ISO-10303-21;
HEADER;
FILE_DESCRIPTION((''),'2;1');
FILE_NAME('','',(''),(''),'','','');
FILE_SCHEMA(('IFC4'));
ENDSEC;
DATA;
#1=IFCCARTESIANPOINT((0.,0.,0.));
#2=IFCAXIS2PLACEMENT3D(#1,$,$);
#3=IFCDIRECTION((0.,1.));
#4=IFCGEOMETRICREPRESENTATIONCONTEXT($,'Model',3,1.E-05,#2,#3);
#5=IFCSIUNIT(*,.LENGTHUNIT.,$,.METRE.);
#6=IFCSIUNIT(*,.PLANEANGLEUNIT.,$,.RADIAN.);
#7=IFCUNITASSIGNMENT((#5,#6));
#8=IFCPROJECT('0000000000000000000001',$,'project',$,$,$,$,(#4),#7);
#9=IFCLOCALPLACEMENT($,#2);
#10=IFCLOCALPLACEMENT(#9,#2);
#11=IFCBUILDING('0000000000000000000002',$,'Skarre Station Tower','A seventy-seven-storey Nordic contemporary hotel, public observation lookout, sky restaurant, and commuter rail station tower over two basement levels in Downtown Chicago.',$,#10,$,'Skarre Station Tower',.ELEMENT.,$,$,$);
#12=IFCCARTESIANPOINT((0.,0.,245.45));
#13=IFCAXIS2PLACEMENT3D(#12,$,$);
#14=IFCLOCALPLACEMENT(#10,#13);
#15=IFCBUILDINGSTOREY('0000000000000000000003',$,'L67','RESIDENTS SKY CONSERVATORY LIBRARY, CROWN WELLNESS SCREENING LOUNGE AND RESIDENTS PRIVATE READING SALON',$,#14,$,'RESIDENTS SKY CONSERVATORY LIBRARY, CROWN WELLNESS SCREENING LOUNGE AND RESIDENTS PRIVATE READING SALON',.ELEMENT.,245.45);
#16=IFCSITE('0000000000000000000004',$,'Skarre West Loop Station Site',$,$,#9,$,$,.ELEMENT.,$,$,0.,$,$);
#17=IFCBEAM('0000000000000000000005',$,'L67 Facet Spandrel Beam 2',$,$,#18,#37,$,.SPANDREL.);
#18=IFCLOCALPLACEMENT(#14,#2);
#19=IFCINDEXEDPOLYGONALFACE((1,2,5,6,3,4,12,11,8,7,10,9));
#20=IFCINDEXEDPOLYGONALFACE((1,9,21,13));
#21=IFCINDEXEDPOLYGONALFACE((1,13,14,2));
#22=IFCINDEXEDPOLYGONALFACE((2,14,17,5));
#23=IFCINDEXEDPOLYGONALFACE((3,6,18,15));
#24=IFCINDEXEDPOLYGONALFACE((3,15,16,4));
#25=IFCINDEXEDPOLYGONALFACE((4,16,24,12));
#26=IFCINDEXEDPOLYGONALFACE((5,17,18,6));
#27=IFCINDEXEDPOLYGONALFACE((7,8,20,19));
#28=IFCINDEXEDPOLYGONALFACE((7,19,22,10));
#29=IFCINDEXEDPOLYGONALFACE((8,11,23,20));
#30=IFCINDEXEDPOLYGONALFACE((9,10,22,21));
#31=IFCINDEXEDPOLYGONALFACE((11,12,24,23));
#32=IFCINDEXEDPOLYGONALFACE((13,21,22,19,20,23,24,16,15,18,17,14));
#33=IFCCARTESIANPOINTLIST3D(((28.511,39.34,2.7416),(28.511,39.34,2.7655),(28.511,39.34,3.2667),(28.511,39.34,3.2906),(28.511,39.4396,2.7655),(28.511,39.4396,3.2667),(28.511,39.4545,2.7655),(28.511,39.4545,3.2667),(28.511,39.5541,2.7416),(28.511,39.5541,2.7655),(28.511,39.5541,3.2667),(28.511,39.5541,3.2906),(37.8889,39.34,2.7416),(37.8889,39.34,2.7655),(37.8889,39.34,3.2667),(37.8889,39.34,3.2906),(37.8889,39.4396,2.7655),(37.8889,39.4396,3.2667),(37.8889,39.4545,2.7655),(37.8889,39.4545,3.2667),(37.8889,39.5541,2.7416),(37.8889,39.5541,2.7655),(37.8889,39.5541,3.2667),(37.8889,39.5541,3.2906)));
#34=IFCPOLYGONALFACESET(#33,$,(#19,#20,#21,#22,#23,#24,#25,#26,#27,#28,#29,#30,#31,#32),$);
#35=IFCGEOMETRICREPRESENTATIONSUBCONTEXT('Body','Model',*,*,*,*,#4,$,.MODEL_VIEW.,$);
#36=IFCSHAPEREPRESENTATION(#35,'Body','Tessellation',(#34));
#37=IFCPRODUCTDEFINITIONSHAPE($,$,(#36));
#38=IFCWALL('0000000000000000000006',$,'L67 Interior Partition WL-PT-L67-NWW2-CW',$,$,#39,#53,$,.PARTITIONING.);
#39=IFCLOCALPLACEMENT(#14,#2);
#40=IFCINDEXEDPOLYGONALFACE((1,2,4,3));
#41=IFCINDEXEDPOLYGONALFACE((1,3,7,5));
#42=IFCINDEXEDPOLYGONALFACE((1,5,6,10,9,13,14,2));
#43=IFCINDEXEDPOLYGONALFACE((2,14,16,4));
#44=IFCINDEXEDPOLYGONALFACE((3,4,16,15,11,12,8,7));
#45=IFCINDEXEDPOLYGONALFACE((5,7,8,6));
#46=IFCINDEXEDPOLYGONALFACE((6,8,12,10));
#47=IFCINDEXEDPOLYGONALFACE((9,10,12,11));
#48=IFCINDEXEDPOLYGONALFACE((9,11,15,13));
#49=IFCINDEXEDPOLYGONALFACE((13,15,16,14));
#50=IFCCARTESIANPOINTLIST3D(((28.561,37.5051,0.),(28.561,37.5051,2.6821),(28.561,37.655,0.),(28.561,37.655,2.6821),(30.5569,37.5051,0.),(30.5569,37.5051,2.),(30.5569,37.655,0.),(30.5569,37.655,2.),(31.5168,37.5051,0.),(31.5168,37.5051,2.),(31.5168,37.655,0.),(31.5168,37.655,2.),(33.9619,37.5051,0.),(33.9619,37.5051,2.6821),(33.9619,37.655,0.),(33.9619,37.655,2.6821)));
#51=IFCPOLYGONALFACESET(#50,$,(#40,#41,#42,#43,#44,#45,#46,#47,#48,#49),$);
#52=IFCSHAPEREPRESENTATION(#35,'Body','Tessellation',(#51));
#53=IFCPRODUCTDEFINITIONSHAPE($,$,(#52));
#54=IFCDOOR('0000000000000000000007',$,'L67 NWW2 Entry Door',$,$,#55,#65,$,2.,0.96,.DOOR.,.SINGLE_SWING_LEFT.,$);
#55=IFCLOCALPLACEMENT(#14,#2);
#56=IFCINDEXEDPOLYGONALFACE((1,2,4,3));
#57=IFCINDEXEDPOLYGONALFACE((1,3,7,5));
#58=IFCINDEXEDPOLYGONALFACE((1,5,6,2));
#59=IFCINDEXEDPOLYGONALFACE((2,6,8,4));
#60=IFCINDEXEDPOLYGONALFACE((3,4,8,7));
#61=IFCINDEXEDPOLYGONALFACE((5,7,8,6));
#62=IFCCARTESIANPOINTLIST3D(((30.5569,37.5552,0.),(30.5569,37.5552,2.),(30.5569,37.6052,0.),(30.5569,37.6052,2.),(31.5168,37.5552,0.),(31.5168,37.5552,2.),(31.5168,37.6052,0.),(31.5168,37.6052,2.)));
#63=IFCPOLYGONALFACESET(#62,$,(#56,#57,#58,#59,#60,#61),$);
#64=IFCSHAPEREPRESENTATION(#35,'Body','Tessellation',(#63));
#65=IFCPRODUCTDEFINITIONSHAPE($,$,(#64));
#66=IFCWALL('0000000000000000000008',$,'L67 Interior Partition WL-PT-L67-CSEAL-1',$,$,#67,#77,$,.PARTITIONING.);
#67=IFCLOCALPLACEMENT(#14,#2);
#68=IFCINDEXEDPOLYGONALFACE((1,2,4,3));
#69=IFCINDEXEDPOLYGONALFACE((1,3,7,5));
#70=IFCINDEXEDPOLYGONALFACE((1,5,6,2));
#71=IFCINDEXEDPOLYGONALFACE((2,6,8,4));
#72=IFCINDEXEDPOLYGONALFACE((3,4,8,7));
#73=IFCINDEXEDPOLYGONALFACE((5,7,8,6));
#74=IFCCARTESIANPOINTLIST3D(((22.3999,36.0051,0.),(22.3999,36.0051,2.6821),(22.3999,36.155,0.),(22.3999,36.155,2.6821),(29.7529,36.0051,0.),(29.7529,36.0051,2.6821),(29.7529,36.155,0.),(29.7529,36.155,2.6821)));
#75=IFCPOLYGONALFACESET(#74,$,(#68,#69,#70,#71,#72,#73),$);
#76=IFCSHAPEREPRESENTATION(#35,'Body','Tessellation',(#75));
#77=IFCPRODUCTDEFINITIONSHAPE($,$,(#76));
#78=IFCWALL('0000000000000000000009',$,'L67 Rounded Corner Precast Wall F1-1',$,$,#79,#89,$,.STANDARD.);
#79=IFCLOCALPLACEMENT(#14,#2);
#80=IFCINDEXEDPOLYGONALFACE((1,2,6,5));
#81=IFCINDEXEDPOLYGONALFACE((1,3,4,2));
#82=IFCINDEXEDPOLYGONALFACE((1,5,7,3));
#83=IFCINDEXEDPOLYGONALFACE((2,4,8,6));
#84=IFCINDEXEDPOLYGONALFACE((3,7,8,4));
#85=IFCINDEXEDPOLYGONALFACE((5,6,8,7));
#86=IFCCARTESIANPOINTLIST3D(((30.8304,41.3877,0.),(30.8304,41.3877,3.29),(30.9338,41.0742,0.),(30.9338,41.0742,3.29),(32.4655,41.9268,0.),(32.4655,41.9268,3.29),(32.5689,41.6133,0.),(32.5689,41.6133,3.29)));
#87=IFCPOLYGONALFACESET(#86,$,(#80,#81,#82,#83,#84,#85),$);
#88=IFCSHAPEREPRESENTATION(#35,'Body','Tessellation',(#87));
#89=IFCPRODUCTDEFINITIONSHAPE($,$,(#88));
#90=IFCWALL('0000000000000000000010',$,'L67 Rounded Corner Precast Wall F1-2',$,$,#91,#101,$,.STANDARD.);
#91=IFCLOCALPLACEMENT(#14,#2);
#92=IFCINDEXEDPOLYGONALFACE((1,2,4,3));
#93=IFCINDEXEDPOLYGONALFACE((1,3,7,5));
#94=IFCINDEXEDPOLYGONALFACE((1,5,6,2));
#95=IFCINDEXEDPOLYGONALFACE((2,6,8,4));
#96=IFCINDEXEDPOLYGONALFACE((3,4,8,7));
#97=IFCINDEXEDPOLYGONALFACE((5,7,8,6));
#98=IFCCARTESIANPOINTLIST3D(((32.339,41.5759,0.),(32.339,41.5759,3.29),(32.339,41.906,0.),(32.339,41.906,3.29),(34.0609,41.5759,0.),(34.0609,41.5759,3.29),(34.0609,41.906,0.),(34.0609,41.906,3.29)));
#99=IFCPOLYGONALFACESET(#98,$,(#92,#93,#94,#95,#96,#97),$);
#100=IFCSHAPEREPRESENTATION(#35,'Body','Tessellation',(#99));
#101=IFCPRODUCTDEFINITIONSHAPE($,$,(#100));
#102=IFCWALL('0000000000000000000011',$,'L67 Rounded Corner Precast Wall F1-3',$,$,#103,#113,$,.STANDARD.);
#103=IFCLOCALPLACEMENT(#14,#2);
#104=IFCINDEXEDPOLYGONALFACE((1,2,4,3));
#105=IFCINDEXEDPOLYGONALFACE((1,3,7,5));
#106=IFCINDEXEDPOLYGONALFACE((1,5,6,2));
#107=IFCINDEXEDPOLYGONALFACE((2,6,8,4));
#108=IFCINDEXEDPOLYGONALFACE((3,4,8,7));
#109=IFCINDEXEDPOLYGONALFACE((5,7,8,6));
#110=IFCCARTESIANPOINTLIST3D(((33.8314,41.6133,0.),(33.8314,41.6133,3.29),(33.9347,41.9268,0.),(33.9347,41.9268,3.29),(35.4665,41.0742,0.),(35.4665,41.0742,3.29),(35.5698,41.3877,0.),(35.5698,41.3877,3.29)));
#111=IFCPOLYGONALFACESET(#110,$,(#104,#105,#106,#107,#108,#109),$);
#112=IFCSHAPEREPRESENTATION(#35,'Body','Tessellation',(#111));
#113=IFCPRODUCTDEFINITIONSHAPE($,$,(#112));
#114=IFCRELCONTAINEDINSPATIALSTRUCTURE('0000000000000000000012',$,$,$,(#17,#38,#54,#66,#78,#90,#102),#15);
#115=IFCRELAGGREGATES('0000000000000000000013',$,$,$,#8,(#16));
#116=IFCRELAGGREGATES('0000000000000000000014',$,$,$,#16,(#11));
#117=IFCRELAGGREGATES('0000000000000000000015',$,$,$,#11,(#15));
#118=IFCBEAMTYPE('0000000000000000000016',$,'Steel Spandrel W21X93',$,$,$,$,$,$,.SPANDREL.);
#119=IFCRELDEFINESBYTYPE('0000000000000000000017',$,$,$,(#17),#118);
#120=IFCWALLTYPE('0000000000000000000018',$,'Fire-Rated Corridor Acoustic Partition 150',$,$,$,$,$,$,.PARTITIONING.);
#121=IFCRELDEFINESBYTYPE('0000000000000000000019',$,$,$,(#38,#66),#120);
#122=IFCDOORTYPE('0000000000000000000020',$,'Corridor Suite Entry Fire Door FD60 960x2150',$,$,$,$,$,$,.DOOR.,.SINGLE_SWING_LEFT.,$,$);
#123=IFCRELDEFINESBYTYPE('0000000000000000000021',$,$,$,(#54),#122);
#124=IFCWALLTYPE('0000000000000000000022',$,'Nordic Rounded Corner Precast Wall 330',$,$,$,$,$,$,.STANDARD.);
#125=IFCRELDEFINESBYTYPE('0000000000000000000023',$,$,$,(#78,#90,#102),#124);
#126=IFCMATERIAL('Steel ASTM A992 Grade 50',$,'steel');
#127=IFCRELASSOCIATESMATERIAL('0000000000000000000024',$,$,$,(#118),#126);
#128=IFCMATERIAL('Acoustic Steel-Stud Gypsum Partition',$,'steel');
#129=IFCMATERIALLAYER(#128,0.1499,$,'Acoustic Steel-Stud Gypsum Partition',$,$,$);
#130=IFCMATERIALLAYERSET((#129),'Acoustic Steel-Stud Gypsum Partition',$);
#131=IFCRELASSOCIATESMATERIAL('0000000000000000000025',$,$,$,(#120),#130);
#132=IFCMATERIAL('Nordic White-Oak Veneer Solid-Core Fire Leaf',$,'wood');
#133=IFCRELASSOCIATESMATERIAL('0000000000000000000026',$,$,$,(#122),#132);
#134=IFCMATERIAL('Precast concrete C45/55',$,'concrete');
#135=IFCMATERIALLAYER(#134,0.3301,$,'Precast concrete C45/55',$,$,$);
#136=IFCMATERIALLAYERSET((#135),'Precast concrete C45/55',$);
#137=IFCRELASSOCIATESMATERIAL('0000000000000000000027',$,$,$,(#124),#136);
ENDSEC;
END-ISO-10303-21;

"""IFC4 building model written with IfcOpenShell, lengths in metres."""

from ifc_helpers import new_model, si_unit, direction, frame, frame_2d, origin, origin_2d, place, context, subcontext, project, spatial, rectangle, i_section, extrude, material, layer, layer_set, material_profile, profile_set, type_object, element, fill, save


model = new_model("IFC4")

# Units and contexts
model_context = context("Model", 3, precision=1e-05, world=origin(), true_north=direction((0.0, 1.0)))
body_context = subcontext(model_context, "Body", "Model", "MODEL_VIEW")
ifc_project = project(units=[si_unit("LENGTHUNIT", "METRE"), si_unit("PLANEANGLEUNIT", "RADIAN")], contexts=[model_context])

# Site, building, storey
site_placement = place(None, origin())
site = spatial("IfcSite", under=ifc_project, at=site_placement, Name="Skarre West Loop Station Site", CompositionType="ELEMENT", RefElevation=0.0)
building_placement = place(site_placement, origin())
building = spatial("IfcBuilding", under=site, at=building_placement, Name="Skarre Station Tower", Description="A seventy-seven-storey Nordic contemporary hotel, public observation lookout, sky restaurant, and commuter rail station tower over two basement levels in Downtown Chicago.", LongName="Skarre Station Tower", CompositionType="ELEMENT")
storey_placement = place(building_placement, frame((0.0, 0.0, 245.45)))
storey = spatial("IfcBuildingStorey", under=building, at=storey_placement, Name="L67", Description="RESIDENTS SKY CONSERVATORY LIBRARY, CROWN WELLNESS SCREENING LOUNGE AND RESIDENTS PRIVATE READING SALON", LongName="RESIDENTS SKY CONSERVATORY LIBRARY, CROWN WELLNESS SCREENING LOUNGE AND RESIDENTS PRIVATE READING SALON", CompositionType="ELEMENT", Elevation=245.45)

# Beam
ifc_material_1 = material(Name="Steel ASTM A992 Grade 50", Category="steel")
ifc_material_profile_1 = material_profile(ifc_material_1, i_section(OverallWidth=0.2141, OverallDepth=0.5491, WebThickness=0.0149, FlangeThickness=0.0239, at=origin_2d()), Name="Steel ASTM A992 Grade 50")
ifc_profile_set_1 = profile_set([ifc_material_profile_1], Name="Steel ASTM A992 Grade 50")
beam_type_1 = type_object("IfcBeamType", Name="Steel Spandrel W21X93", PredefinedType="SPANDREL", material=ifc_profile_set_1)
beam_1_placement = place(storey_placement, frame((37.8889, 39.447, 3.0161), z_axis=(-1.0, 0.0, 0.0), x_axis=(0.0, -1.0, 0.0)))
element("IfcBeam", 1, at=beam_1_placement, inside=storey, type_object=beam_type_1, Name="L67 Facet Spandrel Beam 2", PredefinedType="SPANDREL", context=body_context, shape_type="SweptSolid", body=[
    extrude(i_section(OverallWidth=0.2141, OverallDepth=0.5491, WebThickness=0.0149, FlangeThickness=0.0239, at=origin_2d()), origin(), (0.0, 0.0, 1.0), 9.3779),
])

# Wall, opening, door
ifc_material_2 = material(Name="Acoustic Steel-Stud Gypsum Partition", Category="steel")
ifc_layer_1 = layer(ifc_material_2, 0.1499, Name="Acoustic Steel-Stud Gypsum Partition")
ifc_layer_set_1 = layer_set([ifc_layer_1], Name="Acoustic Steel-Stud Gypsum Partition")
wall_type_1 = type_object("IfcWallType", Name="Fire-Rated Corridor Acoustic Partition 150", PredefinedType="PARTITIONING", material=ifc_layer_set_1)
wall_1_placement = place(storey_placement, frame((33.9619, 37.5801, 0.0), z_axis=(0.0, 0.0, 1.0), x_axis=(-1.0, 0.0, 0.0)))
wall_1 = element("IfcWall", 2, at=wall_1_placement, inside=storey, type_object=wall_type_1, Name="L67 Interior Partition WL-PT-L67-NWW2-CW", PredefinedType="PARTITIONING", context=body_context, shape_type="SweptSolid", body=[
    extrude(rectangle(XDim=5.4009, YDim=0.1499, at=frame_2d((2.7004, 0.0))), origin(), (0.0, 0.0, 1.0), 2.6821),
])
opening_1_placement = place(wall_1_placement, frame((2.4451, 0.0, 0.0)))
opening_1 = element("IfcOpeningElement", 3, at=opening_1_placement, cuts=wall_1, PredefinedType="OPENING", context=body_context, shape_type="SweptSolid", body=[
    extrude(rectangle(XDim=0.96, YDim=2.0, at=frame_2d((0.48, 1.0))), frame((0.0, 0.085, 0.0), z_axis=(0.0, -1.0, 0.0), x_axis=(1.0, 0.0, 0.0)), (0.0, 0.0, 1.0), 0.1699),
])
ifc_material_3 = material(Name="Nordic White-Oak Veneer Solid-Core Fire Leaf", Category="wood")
door_type = type_object("IfcDoorType", Name="Corridor Suite Entry Fire Door FD60 960x2150", OperationType="SINGLE_SWING_LEFT", PredefinedType="DOOR", material=ifc_material_3)
door_placement = place(opening_1_placement, origin())
door = element("IfcDoor", 4, at=door_placement, inside=storey, type_object=door_type, Name="L67 NWW2 Entry Door", OperationType="SINGLE_SWING_LEFT", OverallHeight=2.0, OverallWidth=0.96, PredefinedType="DOOR", context=body_context, shape_type="SweptSolid", body=[
    extrude(rectangle(XDim=0.96, YDim=2.0, at=frame_2d((0.48, 1.0))), frame((0.0, 0.0249, 0.0), z_axis=(0.0, -1.0, 0.0), x_axis=(1.0, 0.0, 0.0)), (0.0, 0.0, 1.0), 0.05),
])
fill(opening_1, door)

# Walls
wall_2_placement = place(storey_placement, frame((29.7529, 36.0801, 0.0), z_axis=(0.0, 0.0, 1.0), x_axis=(-1.0, 0.0, 0.0)))
element("IfcWall", 5, at=wall_2_placement, inside=storey, type_object=wall_type_1, Name="L67 Interior Partition WL-PT-L67-CSEAL-1", PredefinedType="PARTITIONING", context=body_context, shape_type="SweptSolid", body=[
    extrude(rectangle(XDim=7.353, YDim=0.1499, at=frame_2d((3.6765, 0.0))), origin(), (0.0, 0.0, 1.0), 2.6821),
])
ifc_material_4 = material(Name="Precast concrete C45/55", Category="concrete")
ifc_layer_2 = layer(ifc_material_4, 0.3301, Name="Precast concrete C45/55")
ifc_layer_set_2 = layer_set([ifc_layer_2], Name="Precast concrete C45/55")
wall_type_2 = type_object("IfcWallType", Name="Nordic Rounded Corner Precast Wall 330", PredefinedType="STANDARD", material=ifc_layer_set_2)
wall_3_placement = place(storey_placement, frame((30.8821, 41.231, 0.0), z_axis=(0.0, 0.0, 1.0), x_axis=(0.949713, 0.31312, 0.0)))
element("IfcWall", 6, at=wall_3_placement, inside=storey, type_object=wall_type_2, Name="L67 Rounded Corner Precast Wall F1-1", PredefinedType="STANDARD", context=body_context, shape_type="SweptSolid", body=[
    extrude(rectangle(XDim=1.7217, YDim=0.3301, at=frame_2d((0.8608, 0.0))), origin(), (0.0, 0.0, 1.0), 3.29),
])
wall_4_placement = place(storey_placement, frame((32.3391, 41.741, 0.0), z_axis=(0.0, 0.0, 1.0), x_axis=(1.0, 0.0, 0.0)))
element("IfcWall", 7, at=wall_4_placement, inside=storey, type_object=wall_type_2, Name="L67 Rounded Corner Precast Wall F1-2", PredefinedType="STANDARD", context=body_context, shape_type="SweptSolid", body=[
    extrude(rectangle(XDim=1.7219, YDim=0.3301, at=frame_2d((0.8608, 0.0))), origin(), (0.0, 0.0, 1.0), 3.29),
])
wall_5_placement = place(storey_placement, frame((33.8831, 41.77, 0.0), z_axis=(0.0, 0.0, 1.0), x_axis=(0.949713, -0.31312, 0.0)))
element("IfcWall", 8, at=wall_5_placement, inside=storey, type_object=wall_type_2, Name="L67 Rounded Corner Precast Wall F1-3", PredefinedType="STANDARD", context=body_context, shape_type="SweptSolid", body=[
    extrude(rectangle(XDim=1.7217, YDim=0.3301, at=frame_2d((0.8608, 0.0))), origin(), (0.0, 0.0, 1.0), 3.29),
])

save(model, "model.ifc")
